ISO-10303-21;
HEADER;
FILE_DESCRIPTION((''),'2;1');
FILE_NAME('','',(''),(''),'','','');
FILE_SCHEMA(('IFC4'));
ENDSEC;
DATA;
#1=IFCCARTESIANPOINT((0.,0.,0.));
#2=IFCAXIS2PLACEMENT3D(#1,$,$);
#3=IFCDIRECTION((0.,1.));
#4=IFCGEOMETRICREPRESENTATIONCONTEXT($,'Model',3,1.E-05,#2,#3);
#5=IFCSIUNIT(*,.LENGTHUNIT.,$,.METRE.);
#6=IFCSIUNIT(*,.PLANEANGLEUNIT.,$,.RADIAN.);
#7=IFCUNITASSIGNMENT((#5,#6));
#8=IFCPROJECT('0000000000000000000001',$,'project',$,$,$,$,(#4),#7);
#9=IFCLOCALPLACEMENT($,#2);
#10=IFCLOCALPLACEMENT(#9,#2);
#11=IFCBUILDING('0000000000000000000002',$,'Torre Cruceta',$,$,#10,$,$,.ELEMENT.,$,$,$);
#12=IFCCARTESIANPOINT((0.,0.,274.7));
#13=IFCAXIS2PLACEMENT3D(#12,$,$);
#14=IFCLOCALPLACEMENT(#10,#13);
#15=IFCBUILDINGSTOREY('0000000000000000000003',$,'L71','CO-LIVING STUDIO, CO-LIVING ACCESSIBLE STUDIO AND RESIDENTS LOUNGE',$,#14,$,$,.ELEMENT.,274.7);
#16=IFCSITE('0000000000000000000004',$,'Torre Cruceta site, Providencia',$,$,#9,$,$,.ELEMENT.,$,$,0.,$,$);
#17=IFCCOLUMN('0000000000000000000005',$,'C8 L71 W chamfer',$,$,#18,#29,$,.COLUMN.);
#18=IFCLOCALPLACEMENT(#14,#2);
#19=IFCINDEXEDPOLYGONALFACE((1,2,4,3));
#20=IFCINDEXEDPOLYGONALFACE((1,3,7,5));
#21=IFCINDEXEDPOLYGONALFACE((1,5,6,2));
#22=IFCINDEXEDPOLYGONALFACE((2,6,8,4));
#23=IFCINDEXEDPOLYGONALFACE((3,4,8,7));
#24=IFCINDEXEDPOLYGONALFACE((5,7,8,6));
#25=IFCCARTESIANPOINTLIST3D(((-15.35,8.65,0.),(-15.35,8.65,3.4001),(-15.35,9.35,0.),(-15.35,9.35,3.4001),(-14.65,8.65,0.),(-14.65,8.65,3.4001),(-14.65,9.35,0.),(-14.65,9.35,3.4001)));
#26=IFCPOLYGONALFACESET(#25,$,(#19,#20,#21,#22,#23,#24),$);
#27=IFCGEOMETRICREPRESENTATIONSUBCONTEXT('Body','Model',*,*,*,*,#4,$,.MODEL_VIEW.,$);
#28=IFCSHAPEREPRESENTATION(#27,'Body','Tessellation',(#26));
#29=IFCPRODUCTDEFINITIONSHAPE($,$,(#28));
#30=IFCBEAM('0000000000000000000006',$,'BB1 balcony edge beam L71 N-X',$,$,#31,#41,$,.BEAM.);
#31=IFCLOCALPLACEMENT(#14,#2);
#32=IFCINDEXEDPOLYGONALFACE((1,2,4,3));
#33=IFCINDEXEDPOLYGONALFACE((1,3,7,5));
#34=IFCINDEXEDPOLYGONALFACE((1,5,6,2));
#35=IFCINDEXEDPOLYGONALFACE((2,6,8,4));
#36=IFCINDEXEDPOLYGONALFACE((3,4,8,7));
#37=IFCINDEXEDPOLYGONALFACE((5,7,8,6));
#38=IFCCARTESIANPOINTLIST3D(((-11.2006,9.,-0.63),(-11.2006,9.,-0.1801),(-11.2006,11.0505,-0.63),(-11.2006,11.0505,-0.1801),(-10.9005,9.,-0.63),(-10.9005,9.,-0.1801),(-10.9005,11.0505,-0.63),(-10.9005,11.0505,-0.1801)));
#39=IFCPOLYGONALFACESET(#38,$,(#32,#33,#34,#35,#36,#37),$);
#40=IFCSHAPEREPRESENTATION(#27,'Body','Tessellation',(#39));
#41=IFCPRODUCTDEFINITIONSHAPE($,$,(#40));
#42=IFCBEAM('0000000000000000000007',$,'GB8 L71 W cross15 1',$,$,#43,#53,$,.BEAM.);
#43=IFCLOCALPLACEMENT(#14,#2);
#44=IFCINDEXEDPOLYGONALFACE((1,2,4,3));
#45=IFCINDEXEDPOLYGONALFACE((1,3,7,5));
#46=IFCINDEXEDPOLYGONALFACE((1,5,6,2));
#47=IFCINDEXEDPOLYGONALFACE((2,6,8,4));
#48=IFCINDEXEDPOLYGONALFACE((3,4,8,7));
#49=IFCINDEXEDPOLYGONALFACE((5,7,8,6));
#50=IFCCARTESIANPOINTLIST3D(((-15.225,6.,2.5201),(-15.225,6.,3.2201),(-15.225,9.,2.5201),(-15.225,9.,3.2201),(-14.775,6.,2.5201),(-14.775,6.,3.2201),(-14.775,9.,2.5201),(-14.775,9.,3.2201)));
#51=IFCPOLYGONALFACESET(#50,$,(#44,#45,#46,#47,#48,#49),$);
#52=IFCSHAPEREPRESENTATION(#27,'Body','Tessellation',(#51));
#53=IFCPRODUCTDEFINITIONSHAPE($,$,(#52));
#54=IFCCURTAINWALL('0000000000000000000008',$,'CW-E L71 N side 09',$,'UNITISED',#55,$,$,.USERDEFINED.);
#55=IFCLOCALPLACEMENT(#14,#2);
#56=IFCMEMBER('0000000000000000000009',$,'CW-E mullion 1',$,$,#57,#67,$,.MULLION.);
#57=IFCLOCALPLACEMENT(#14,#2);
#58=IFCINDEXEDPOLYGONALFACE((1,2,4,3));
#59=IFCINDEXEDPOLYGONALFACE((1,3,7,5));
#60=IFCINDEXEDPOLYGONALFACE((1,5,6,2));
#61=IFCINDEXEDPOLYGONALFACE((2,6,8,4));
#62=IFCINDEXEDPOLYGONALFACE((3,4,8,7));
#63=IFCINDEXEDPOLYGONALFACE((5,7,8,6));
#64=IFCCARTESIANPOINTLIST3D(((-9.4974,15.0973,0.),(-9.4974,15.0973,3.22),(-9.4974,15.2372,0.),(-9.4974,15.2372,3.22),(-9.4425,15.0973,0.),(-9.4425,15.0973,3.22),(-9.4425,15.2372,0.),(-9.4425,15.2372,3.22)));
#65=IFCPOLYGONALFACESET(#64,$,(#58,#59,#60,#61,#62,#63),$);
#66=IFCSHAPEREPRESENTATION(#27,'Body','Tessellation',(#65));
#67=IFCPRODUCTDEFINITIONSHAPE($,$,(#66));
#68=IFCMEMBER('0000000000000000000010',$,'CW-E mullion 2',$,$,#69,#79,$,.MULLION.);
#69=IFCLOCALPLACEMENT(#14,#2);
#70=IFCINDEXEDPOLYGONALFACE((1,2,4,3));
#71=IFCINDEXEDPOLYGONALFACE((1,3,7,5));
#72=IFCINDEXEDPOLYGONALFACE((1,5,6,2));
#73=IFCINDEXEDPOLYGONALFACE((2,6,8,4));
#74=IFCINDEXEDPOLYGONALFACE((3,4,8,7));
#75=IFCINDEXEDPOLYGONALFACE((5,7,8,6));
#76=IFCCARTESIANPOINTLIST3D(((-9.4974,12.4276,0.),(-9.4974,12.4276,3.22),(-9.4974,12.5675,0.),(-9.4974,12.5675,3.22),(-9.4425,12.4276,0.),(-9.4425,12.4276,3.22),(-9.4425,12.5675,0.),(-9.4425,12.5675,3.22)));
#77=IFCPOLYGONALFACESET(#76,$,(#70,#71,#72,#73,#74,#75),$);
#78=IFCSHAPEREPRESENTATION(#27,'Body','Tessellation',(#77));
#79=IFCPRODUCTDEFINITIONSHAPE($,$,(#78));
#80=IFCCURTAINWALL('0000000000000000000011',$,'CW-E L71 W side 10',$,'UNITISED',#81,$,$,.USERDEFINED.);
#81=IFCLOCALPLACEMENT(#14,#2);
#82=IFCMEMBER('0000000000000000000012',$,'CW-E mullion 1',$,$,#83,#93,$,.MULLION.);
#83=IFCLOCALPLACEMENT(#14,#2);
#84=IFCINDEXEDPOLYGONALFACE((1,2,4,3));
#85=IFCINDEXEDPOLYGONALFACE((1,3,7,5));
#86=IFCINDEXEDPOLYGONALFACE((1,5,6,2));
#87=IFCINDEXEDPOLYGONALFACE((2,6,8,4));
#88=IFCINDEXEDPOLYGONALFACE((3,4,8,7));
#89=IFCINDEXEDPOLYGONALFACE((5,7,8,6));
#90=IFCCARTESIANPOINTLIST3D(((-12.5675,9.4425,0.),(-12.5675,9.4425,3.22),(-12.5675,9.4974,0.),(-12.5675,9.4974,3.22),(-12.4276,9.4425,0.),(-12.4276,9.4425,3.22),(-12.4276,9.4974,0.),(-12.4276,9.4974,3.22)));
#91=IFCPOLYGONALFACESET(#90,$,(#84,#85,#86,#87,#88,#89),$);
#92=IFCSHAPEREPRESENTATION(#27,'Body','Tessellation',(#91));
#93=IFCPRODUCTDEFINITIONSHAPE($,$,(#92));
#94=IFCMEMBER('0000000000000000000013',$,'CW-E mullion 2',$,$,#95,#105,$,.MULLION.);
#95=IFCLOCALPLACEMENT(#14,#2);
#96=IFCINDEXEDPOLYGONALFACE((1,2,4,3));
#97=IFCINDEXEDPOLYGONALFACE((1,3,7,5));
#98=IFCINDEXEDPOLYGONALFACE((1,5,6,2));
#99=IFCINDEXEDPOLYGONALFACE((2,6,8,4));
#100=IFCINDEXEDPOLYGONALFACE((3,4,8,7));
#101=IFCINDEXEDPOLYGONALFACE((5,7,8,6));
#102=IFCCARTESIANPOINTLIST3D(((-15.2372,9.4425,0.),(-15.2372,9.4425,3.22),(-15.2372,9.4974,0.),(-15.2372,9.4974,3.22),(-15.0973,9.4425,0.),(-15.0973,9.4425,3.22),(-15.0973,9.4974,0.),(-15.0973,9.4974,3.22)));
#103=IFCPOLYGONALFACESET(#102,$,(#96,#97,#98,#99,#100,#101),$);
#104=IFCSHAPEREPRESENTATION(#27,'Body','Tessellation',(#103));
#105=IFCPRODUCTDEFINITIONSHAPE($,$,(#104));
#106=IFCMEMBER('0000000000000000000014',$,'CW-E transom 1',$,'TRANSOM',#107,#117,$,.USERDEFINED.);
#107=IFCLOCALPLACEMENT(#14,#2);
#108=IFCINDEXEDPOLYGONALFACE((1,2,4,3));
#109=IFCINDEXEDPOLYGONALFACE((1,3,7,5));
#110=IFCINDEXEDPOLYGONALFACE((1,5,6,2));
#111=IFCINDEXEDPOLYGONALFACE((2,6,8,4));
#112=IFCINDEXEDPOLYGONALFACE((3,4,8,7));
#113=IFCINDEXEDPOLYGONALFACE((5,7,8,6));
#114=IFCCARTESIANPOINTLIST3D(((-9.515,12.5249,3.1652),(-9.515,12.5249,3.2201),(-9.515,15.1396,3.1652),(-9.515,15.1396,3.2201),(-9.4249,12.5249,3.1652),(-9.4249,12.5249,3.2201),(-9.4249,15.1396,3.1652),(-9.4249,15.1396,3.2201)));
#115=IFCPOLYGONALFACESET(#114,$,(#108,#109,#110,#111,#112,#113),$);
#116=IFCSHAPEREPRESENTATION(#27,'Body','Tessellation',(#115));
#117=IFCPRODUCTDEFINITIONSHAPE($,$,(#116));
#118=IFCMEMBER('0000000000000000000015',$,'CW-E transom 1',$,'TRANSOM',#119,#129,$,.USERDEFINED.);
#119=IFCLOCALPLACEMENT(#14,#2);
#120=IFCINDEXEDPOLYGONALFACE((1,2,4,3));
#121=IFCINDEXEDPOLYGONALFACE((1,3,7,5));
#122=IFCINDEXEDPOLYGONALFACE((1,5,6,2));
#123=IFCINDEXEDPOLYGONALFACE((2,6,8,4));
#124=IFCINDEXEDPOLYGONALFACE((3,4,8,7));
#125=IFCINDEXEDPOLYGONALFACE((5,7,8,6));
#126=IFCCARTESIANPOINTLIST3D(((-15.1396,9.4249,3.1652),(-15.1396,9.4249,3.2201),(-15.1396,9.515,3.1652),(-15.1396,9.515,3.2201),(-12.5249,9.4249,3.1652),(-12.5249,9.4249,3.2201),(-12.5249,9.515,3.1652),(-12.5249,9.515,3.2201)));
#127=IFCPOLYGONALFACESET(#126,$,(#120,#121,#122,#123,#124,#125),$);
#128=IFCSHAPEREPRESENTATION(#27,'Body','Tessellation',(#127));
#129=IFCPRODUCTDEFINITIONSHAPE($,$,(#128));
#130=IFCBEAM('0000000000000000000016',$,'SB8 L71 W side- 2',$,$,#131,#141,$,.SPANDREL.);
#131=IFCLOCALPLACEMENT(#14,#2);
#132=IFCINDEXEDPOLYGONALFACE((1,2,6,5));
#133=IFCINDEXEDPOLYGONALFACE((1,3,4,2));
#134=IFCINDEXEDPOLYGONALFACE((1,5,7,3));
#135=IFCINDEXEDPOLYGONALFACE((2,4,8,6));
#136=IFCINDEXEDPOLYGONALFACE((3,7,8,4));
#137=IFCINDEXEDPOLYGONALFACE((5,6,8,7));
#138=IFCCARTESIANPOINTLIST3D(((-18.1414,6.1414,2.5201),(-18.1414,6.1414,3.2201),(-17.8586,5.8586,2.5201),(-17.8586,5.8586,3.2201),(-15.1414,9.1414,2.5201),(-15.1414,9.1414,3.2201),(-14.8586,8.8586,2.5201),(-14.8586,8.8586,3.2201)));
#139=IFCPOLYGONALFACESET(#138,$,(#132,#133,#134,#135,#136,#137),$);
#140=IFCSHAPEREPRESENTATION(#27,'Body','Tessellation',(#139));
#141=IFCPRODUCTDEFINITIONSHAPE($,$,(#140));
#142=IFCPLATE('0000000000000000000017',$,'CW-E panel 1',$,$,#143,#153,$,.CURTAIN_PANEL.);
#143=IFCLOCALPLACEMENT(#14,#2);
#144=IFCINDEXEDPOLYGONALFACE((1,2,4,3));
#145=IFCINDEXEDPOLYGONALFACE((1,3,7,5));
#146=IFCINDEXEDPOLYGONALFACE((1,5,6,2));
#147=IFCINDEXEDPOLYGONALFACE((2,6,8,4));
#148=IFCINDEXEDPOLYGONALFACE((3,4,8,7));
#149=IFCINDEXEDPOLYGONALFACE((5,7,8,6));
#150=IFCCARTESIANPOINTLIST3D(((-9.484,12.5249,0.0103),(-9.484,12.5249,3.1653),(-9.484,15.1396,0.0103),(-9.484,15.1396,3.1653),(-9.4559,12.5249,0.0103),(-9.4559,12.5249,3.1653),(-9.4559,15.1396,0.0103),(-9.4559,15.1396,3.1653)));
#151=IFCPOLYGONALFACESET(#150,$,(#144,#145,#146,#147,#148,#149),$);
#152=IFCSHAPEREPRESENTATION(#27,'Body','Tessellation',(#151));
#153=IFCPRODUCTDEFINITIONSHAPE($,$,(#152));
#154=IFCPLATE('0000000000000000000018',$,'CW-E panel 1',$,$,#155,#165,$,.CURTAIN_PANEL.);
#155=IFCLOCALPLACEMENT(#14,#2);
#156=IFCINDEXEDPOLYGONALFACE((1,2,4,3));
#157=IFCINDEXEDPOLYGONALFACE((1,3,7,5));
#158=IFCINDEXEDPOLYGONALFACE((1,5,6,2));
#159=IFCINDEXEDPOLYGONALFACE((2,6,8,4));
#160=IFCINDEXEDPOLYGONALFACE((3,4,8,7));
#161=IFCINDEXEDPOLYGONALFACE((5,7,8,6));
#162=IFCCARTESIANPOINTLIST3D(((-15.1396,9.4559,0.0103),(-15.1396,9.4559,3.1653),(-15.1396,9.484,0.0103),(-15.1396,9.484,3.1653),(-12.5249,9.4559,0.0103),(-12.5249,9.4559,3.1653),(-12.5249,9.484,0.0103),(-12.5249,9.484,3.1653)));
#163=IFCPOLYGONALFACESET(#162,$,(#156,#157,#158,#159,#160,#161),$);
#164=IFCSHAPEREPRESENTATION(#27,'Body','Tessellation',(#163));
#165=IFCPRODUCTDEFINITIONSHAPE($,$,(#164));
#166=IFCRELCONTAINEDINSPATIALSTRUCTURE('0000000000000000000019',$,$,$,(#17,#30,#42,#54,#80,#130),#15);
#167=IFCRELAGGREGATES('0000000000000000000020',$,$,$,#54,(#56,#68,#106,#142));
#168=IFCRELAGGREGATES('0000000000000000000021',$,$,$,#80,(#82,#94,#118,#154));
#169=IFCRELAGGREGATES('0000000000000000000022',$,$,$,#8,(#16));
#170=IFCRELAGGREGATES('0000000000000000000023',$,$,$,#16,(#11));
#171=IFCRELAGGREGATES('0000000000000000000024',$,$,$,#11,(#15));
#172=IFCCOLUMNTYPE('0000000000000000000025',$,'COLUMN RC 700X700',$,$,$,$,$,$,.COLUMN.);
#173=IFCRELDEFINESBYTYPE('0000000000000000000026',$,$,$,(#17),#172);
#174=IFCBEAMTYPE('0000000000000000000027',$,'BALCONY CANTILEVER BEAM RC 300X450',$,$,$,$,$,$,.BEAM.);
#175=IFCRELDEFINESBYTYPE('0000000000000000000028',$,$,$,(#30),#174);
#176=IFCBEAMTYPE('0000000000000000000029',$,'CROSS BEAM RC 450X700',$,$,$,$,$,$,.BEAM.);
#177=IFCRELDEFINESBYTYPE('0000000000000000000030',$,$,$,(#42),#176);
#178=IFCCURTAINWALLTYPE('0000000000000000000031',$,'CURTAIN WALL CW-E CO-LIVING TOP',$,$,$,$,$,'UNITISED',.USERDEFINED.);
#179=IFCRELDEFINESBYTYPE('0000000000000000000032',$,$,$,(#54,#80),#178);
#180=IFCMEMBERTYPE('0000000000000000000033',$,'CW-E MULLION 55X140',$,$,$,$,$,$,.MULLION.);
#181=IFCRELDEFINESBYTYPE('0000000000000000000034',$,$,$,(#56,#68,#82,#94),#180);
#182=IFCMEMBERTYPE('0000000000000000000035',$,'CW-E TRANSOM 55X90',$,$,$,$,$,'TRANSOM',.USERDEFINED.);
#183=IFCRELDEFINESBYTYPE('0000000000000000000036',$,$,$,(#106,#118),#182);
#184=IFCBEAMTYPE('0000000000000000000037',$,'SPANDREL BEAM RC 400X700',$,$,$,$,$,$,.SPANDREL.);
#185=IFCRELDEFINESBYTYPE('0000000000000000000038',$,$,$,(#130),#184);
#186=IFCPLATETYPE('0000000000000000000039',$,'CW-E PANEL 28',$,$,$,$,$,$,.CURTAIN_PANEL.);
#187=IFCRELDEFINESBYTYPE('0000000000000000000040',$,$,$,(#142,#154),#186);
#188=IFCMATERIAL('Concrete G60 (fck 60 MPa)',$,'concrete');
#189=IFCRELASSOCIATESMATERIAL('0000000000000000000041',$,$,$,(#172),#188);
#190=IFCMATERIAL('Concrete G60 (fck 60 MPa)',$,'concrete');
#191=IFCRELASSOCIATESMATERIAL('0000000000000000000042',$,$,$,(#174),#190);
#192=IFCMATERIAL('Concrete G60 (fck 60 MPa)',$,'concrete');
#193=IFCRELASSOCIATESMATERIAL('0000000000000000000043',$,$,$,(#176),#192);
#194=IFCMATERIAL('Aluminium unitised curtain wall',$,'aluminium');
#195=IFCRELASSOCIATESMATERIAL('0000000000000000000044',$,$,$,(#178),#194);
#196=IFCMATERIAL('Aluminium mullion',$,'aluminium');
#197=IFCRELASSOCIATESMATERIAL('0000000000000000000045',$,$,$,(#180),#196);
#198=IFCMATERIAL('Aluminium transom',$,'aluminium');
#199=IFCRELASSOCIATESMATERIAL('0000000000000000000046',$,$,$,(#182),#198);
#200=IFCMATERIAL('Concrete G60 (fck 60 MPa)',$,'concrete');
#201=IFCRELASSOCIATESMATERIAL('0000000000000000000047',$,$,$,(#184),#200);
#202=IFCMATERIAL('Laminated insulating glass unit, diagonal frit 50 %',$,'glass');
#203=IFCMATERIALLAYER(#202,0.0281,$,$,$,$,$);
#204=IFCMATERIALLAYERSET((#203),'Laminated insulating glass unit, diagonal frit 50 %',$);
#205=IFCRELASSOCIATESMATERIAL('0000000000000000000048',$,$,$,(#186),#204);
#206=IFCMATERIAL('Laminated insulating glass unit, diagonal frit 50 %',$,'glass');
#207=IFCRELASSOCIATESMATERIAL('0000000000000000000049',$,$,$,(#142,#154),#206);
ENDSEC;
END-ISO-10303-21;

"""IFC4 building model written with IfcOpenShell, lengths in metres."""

from ifc_helpers import new_model, si_unit, direction, frame, origin, origin_2d, place, context, subcontext, project, spatial, rectangle, extrude, material, layer, layer_set, material_profile, profile_set, type_object, element, aggregate, save


model = new_model("IFC4")

# Units and contexts
model_context = context("Model", 3, precision=1e-05, world=origin(), true_north=direction((0.0, 1.0)))
body_context = subcontext(model_context, "Body", "Model", "MODEL_VIEW")
ifc_project = project(units=[si_unit("LENGTHUNIT", "METRE"), si_unit("PLANEANGLEUNIT", "RADIAN")], contexts=[model_context])

# Site, building, storey
site_placement = place(None, origin())
site = spatial("IfcSite", under=ifc_project, at=site_placement, Name="Torre Cruceta site, Providencia", CompositionType="ELEMENT", RefElevation=0.0)
building_placement = place(site_placement, origin())
building = spatial("IfcBuilding", under=site, at=building_placement, Name="Torre Cruceta", CompositionType="ELEMENT")
storey_placement = place(building_placement, frame((0.0, 0.0, 274.7)))
storey = spatial("IfcBuildingStorey", under=building, at=storey_placement, Name="L71", Description="CO-LIVING STUDIO, CO-LIVING ACCESSIBLE STUDIO AND RESIDENTS LOUNGE", CompositionType="ELEMENT", Elevation=274.7)

# Column
ifc_material_1 = material(Name="Concrete G60 (fck 60 MPa)", Category="concrete")
ifc_material_profile_1 = material_profile(ifc_material_1, rectangle(XDim=0.7, YDim=0.7, at=origin_2d()), Name="RC 700X700")
ifc_profile_set_1 = profile_set([ifc_material_profile_1], Name="Concrete G60 (fck 60 MPa)")
column_type = type_object("IfcColumnType", Name="COLUMN RC 700X700", PredefinedType="COLUMN", material=ifc_profile_set_1)
column_placement = place(storey_placement, frame((-15.0, 9.0, 0.0), z_axis=(0.0, 0.0, 1.0), x_axis=(1.0, 0.0, 0.0)))
element("IfcColumn", 1, at=column_placement, inside=storey, type_object=column_type, Name="C8 L71 W chamfer", PredefinedType="COLUMN", context=body_context, shape_type="SweptSolid", body=[
    extrude(rectangle(XDim=0.7, YDim=0.7, at=origin_2d()), origin(), (0.0, 0.0, 1.0), 3.4001),
])

# Beams
ifc_material_2 = material(Name="Concrete G60 (fck 60 MPa)", Category="concrete")
ifc_material_profile_2 = material_profile(ifc_material_2, rectangle(XDim=0.3, YDim=0.45, at=origin_2d()), Name="RC 300X450")
ifc_profile_set_2 = profile_set([ifc_material_profile_2], Name="Concrete G60 (fck 60 MPa)")
beam_type_1 = type_object("IfcBeamType", Name="BALCONY CANTILEVER BEAM RC 300X450", PredefinedType="BEAM", material=ifc_profile_set_2)
beam_1_placement = place(storey_placement, frame((-11.0505, 9.0, -0.405), z_axis=(0.0, 1.0, 0.0), x_axis=(-1.0, 0.0, 0.0)))
element("IfcBeam", 2, at=beam_1_placement, inside=storey, type_object=beam_type_1, Name="BB1 balcony edge beam L71 N-X", PredefinedType="BEAM", context=body_context, shape_type="SweptSolid", body=[
    extrude(rectangle(XDim=0.3, YDim=0.45, at=origin_2d()), origin(), (0.0, 0.0, 1.0), 2.0505),
])
ifc_material_3 = material(Name="Concrete G60 (fck 60 MPa)", Category="concrete")
ifc_material_profile_3 = material_profile(ifc_material_3, rectangle(XDim=0.45, YDim=0.7, at=origin_2d()), Name="RC 450X700")
ifc_profile_set_3 = profile_set([ifc_material_profile_3], Name="Concrete G60 (fck 60 MPa)")
beam_type_2 = type_object("IfcBeamType", Name="CROSS BEAM RC 450X700", PredefinedType="BEAM", material=ifc_profile_set_3)
beam_2_placement = place(storey_placement, frame((-15.0, 9.0, 2.8701), z_axis=(0.0, -1.0, 0.0), x_axis=(1.0, 0.0, 0.0)))
element("IfcBeam", 3, at=beam_2_placement, inside=storey, type_object=beam_type_2, Name="GB8 L71 W cross15 1", PredefinedType="BEAM", context=body_context, shape_type="SweptSolid", body=[
    extrude(rectangle(XDim=0.45, YDim=0.7, at=origin_2d()), origin(), (0.0, 0.0, 1.0), 3.0),
])

# Curtain walls, members
ifc_material_4 = material(Name="Aluminium unitised curtain wall", Category="aluminium")
curtain_wall_type = type_object("IfcCurtainWallType", Name="CURTAIN WALL CW-E CO-LIVING TOP", ElementType="UNITISED", PredefinedType="USERDEFINED", material=ifc_material_4)
curtain_wall_1_placement = place(storey_placement, origin())
curtain_wall_1 = element("IfcCurtainWall", 4, at=curtain_wall_1_placement, inside=storey, type_object=curtain_wall_type, Name="CW-E L71 N side 09", ObjectType="UNITISED", PredefinedType="USERDEFINED")
ifc_material_5 = material(Name="Aluminium mullion", Category="aluminium")
ifc_material_profile_4 = material_profile(ifc_material_5, rectangle(XDim=0.0549, YDim=0.1399, at=origin_2d()), Name="AL 55X140")
ifc_profile_set_4 = profile_set([ifc_material_profile_4], Name="Aluminium mullion")
member_type_1 = type_object("IfcMemberType", Name="CW-E MULLION 55X140", PredefinedType="MULLION", material=ifc_profile_set_4)
member_1_placement = place(storey_placement, frame((-9.47, 15.1672, 0.0), z_axis=(0.0, 0.0, 1.0), x_axis=(1.0, 0.0, 0.0)))
member_1 = element("IfcMember", 5, at=member_1_placement, type_object=member_type_1, Name="CW-E mullion 1", PredefinedType="MULLION", context=body_context, shape_type="SweptSolid", body=[
    extrude(rectangle(XDim=0.0549, YDim=0.1399, at=origin_2d()), origin(), (0.0, 0.0, 1.0), 3.22),
])
member_2_placement = place(storey_placement, frame((-9.47, 12.4976, 0.0), z_axis=(0.0, 0.0, 1.0), x_axis=(1.0, 0.0, 0.0)))
member_2 = element("IfcMember", 6, at=member_2_placement, type_object=member_type_1, Name="CW-E mullion 2", PredefinedType="MULLION", context=body_context, shape_type="SweptSolid", body=[
    extrude(rectangle(XDim=0.0549, YDim=0.1399, at=origin_2d()), origin(), (0.0, 0.0, 1.0), 3.22),
])
curtain_wall_2_placement = place(storey_placement, origin())
curtain_wall_2 = element("IfcCurtainWall", 7, at=curtain_wall_2_placement, inside=storey, type_object=curtain_wall_type, Name="CW-E L71 W side 10", ObjectType="UNITISED", PredefinedType="USERDEFINED")
member_3_placement = place(storey_placement, frame((-12.4976, 9.47, 0.0), z_axis=(0.0, 0.0, 1.0), x_axis=(0.0, -1.0, 0.0)))
member_3 = element("IfcMember", 8, at=member_3_placement, type_object=member_type_1, Name="CW-E mullion 1", PredefinedType="MULLION", context=body_context, shape_type="SweptSolid", body=[
    extrude(rectangle(XDim=0.0549, YDim=0.1399, at=origin_2d()), origin(), (0.0, 0.0, 1.0), 3.22),
])
member_4_placement = place(storey_placement, frame((-15.1672, 9.47, 0.0), z_axis=(0.0, 0.0, 1.0), x_axis=(0.0, -1.0, 0.0)))
member_4 = element("IfcMember", 9, at=member_4_placement, type_object=member_type_1, Name="CW-E mullion 2", PredefinedType="MULLION", context=body_context, shape_type="SweptSolid", body=[
    extrude(rectangle(XDim=0.0549, YDim=0.1399, at=origin_2d()), origin(), (0.0, 0.0, 1.0), 3.22),
])

# Members
ifc_material_6 = material(Name="Aluminium transom", Category="aluminium")
ifc_material_profile_5 = material_profile(ifc_material_6, rectangle(XDim=0.0901, YDim=0.0549, at=origin_2d()), Name="AL 90X55")
ifc_profile_set_5 = profile_set([ifc_material_profile_5], Name="Aluminium transom")
member_type_2 = type_object("IfcMemberType", Name="CW-E TRANSOM 55X90", ElementType="TRANSOM", PredefinedType="USERDEFINED", material=ifc_profile_set_5)
member_5_placement = place(storey_placement, frame((-9.47, 15.1396, 3.1926), z_axis=(0.0, -1.0, 0.0), x_axis=(1.0, 0.0, 0.0)))
member_5 = element("IfcMember", 10, at=member_5_placement, type_object=member_type_2, Name="CW-E transom 1", ObjectType="TRANSOM", PredefinedType="USERDEFINED", context=body_context, shape_type="SweptSolid", body=[
    extrude(rectangle(XDim=0.0901, YDim=0.0549, at=origin_2d()), origin(), (0.0, 0.0, 1.0), 2.6147),
])
member_6_placement = place(storey_placement, frame((-12.5249, 9.47, 3.1926), z_axis=(-1.0, 0.0, 0.0), x_axis=(0.0, -1.0, 0.0)))
member_6 = element("IfcMember", 11, at=member_6_placement, type_object=member_type_2, Name="CW-E transom 1", ObjectType="TRANSOM", PredefinedType="USERDEFINED", context=body_context, shape_type="SweptSolid", body=[
    extrude(rectangle(XDim=0.0901, YDim=0.0549, at=origin_2d()), origin(), (0.0, 0.0, 1.0), 2.6147),
])

# Beam
ifc_material_7 = material(Name="Concrete G60 (fck 60 MPa)", Category="concrete")
ifc_material_profile_6 = material_profile(ifc_material_7, rectangle(XDim=0.3999, YDim=0.7, at=origin_2d()), Name="RC 400X700")
ifc_profile_set_6 = profile_set([ifc_material_profile_6], Name="Concrete G60 (fck 60 MPa)")
beam_type_3 = type_object("IfcBeamType", Name="SPANDREL BEAM RC 400X700", PredefinedType="SPANDREL", material=ifc_profile_set_6)
beam_3_placement = place(storey_placement, frame((-15.0, 9.0, 2.8701), z_axis=(-0.707107, -0.707107, 0.0), x_axis=(0.707107, -0.707107, 0.0)))
element("IfcBeam", 12, at=beam_3_placement, inside=storey, type_object=beam_type_3, Name="SB8 L71 W side- 2", PredefinedType="SPANDREL", context=body_context, shape_type="SweptSolid", body=[
    extrude(rectangle(XDim=0.3999, YDim=0.7, at=origin_2d()), origin(), (0.0, 0.0, 1.0), 4.2427),
])

# Plates
ifc_material_8 = material(Name="Laminated insulating glass unit, diagonal frit 50 %", Category="glass")
ifc_material_9 = material(Name="Laminated insulating glass unit, diagonal frit 50 %", Category="glass")
ifc_layer_1 = layer(ifc_material_9, 0.0281)
ifc_layer_set_1 = layer_set([ifc_layer_1], Name="Laminated insulating glass unit, diagonal frit 50 %")
plate_type = type_object("IfcPlateType", Name="CW-E PANEL 28", PredefinedType="CURTAIN_PANEL", material=ifc_layer_set_1)
plate_1_placement = place(storey_placement, frame((-9.47, 13.8323, 0.0103), z_axis=(0.0, 0.0, 1.0), x_axis=(0.0, -1.0, 0.0)))
plate_1 = element("IfcPlate", 13, at=plate_1_placement, type_object=plate_type, material=ifc_material_8, Name="CW-E panel 1", PredefinedType="CURTAIN_PANEL", context=body_context, shape_type="SweptSolid", body=[
    extrude(rectangle(XDim=2.6147, YDim=0.0281, at=origin_2d()), origin(), (0.0, 0.0, 1.0), 3.155),
])
aggregate(curtain_wall_1, [member_1, member_2, member_5, plate_1])
plate_2_placement = place(storey_placement, frame((-13.8323, 9.47, 0.0103), z_axis=(0.0, 0.0, 1.0), x_axis=(-1.0, 0.0, 0.0)))
plate_2 = element("IfcPlate", 14, at=plate_2_placement, type_object=plate_type, material=ifc_material_8, Name="CW-E panel 1", PredefinedType="CURTAIN_PANEL", context=body_context, shape_type="SweptSolid", body=[
    extrude(rectangle(XDim=2.6147, YDim=0.0281, at=origin_2d()), origin(), (0.0, 0.0, 1.0), 3.155),
])
aggregate(curtain_wall_2, [member_3, member_4, member_6, plate_2])

save(model, "model.ifc")
